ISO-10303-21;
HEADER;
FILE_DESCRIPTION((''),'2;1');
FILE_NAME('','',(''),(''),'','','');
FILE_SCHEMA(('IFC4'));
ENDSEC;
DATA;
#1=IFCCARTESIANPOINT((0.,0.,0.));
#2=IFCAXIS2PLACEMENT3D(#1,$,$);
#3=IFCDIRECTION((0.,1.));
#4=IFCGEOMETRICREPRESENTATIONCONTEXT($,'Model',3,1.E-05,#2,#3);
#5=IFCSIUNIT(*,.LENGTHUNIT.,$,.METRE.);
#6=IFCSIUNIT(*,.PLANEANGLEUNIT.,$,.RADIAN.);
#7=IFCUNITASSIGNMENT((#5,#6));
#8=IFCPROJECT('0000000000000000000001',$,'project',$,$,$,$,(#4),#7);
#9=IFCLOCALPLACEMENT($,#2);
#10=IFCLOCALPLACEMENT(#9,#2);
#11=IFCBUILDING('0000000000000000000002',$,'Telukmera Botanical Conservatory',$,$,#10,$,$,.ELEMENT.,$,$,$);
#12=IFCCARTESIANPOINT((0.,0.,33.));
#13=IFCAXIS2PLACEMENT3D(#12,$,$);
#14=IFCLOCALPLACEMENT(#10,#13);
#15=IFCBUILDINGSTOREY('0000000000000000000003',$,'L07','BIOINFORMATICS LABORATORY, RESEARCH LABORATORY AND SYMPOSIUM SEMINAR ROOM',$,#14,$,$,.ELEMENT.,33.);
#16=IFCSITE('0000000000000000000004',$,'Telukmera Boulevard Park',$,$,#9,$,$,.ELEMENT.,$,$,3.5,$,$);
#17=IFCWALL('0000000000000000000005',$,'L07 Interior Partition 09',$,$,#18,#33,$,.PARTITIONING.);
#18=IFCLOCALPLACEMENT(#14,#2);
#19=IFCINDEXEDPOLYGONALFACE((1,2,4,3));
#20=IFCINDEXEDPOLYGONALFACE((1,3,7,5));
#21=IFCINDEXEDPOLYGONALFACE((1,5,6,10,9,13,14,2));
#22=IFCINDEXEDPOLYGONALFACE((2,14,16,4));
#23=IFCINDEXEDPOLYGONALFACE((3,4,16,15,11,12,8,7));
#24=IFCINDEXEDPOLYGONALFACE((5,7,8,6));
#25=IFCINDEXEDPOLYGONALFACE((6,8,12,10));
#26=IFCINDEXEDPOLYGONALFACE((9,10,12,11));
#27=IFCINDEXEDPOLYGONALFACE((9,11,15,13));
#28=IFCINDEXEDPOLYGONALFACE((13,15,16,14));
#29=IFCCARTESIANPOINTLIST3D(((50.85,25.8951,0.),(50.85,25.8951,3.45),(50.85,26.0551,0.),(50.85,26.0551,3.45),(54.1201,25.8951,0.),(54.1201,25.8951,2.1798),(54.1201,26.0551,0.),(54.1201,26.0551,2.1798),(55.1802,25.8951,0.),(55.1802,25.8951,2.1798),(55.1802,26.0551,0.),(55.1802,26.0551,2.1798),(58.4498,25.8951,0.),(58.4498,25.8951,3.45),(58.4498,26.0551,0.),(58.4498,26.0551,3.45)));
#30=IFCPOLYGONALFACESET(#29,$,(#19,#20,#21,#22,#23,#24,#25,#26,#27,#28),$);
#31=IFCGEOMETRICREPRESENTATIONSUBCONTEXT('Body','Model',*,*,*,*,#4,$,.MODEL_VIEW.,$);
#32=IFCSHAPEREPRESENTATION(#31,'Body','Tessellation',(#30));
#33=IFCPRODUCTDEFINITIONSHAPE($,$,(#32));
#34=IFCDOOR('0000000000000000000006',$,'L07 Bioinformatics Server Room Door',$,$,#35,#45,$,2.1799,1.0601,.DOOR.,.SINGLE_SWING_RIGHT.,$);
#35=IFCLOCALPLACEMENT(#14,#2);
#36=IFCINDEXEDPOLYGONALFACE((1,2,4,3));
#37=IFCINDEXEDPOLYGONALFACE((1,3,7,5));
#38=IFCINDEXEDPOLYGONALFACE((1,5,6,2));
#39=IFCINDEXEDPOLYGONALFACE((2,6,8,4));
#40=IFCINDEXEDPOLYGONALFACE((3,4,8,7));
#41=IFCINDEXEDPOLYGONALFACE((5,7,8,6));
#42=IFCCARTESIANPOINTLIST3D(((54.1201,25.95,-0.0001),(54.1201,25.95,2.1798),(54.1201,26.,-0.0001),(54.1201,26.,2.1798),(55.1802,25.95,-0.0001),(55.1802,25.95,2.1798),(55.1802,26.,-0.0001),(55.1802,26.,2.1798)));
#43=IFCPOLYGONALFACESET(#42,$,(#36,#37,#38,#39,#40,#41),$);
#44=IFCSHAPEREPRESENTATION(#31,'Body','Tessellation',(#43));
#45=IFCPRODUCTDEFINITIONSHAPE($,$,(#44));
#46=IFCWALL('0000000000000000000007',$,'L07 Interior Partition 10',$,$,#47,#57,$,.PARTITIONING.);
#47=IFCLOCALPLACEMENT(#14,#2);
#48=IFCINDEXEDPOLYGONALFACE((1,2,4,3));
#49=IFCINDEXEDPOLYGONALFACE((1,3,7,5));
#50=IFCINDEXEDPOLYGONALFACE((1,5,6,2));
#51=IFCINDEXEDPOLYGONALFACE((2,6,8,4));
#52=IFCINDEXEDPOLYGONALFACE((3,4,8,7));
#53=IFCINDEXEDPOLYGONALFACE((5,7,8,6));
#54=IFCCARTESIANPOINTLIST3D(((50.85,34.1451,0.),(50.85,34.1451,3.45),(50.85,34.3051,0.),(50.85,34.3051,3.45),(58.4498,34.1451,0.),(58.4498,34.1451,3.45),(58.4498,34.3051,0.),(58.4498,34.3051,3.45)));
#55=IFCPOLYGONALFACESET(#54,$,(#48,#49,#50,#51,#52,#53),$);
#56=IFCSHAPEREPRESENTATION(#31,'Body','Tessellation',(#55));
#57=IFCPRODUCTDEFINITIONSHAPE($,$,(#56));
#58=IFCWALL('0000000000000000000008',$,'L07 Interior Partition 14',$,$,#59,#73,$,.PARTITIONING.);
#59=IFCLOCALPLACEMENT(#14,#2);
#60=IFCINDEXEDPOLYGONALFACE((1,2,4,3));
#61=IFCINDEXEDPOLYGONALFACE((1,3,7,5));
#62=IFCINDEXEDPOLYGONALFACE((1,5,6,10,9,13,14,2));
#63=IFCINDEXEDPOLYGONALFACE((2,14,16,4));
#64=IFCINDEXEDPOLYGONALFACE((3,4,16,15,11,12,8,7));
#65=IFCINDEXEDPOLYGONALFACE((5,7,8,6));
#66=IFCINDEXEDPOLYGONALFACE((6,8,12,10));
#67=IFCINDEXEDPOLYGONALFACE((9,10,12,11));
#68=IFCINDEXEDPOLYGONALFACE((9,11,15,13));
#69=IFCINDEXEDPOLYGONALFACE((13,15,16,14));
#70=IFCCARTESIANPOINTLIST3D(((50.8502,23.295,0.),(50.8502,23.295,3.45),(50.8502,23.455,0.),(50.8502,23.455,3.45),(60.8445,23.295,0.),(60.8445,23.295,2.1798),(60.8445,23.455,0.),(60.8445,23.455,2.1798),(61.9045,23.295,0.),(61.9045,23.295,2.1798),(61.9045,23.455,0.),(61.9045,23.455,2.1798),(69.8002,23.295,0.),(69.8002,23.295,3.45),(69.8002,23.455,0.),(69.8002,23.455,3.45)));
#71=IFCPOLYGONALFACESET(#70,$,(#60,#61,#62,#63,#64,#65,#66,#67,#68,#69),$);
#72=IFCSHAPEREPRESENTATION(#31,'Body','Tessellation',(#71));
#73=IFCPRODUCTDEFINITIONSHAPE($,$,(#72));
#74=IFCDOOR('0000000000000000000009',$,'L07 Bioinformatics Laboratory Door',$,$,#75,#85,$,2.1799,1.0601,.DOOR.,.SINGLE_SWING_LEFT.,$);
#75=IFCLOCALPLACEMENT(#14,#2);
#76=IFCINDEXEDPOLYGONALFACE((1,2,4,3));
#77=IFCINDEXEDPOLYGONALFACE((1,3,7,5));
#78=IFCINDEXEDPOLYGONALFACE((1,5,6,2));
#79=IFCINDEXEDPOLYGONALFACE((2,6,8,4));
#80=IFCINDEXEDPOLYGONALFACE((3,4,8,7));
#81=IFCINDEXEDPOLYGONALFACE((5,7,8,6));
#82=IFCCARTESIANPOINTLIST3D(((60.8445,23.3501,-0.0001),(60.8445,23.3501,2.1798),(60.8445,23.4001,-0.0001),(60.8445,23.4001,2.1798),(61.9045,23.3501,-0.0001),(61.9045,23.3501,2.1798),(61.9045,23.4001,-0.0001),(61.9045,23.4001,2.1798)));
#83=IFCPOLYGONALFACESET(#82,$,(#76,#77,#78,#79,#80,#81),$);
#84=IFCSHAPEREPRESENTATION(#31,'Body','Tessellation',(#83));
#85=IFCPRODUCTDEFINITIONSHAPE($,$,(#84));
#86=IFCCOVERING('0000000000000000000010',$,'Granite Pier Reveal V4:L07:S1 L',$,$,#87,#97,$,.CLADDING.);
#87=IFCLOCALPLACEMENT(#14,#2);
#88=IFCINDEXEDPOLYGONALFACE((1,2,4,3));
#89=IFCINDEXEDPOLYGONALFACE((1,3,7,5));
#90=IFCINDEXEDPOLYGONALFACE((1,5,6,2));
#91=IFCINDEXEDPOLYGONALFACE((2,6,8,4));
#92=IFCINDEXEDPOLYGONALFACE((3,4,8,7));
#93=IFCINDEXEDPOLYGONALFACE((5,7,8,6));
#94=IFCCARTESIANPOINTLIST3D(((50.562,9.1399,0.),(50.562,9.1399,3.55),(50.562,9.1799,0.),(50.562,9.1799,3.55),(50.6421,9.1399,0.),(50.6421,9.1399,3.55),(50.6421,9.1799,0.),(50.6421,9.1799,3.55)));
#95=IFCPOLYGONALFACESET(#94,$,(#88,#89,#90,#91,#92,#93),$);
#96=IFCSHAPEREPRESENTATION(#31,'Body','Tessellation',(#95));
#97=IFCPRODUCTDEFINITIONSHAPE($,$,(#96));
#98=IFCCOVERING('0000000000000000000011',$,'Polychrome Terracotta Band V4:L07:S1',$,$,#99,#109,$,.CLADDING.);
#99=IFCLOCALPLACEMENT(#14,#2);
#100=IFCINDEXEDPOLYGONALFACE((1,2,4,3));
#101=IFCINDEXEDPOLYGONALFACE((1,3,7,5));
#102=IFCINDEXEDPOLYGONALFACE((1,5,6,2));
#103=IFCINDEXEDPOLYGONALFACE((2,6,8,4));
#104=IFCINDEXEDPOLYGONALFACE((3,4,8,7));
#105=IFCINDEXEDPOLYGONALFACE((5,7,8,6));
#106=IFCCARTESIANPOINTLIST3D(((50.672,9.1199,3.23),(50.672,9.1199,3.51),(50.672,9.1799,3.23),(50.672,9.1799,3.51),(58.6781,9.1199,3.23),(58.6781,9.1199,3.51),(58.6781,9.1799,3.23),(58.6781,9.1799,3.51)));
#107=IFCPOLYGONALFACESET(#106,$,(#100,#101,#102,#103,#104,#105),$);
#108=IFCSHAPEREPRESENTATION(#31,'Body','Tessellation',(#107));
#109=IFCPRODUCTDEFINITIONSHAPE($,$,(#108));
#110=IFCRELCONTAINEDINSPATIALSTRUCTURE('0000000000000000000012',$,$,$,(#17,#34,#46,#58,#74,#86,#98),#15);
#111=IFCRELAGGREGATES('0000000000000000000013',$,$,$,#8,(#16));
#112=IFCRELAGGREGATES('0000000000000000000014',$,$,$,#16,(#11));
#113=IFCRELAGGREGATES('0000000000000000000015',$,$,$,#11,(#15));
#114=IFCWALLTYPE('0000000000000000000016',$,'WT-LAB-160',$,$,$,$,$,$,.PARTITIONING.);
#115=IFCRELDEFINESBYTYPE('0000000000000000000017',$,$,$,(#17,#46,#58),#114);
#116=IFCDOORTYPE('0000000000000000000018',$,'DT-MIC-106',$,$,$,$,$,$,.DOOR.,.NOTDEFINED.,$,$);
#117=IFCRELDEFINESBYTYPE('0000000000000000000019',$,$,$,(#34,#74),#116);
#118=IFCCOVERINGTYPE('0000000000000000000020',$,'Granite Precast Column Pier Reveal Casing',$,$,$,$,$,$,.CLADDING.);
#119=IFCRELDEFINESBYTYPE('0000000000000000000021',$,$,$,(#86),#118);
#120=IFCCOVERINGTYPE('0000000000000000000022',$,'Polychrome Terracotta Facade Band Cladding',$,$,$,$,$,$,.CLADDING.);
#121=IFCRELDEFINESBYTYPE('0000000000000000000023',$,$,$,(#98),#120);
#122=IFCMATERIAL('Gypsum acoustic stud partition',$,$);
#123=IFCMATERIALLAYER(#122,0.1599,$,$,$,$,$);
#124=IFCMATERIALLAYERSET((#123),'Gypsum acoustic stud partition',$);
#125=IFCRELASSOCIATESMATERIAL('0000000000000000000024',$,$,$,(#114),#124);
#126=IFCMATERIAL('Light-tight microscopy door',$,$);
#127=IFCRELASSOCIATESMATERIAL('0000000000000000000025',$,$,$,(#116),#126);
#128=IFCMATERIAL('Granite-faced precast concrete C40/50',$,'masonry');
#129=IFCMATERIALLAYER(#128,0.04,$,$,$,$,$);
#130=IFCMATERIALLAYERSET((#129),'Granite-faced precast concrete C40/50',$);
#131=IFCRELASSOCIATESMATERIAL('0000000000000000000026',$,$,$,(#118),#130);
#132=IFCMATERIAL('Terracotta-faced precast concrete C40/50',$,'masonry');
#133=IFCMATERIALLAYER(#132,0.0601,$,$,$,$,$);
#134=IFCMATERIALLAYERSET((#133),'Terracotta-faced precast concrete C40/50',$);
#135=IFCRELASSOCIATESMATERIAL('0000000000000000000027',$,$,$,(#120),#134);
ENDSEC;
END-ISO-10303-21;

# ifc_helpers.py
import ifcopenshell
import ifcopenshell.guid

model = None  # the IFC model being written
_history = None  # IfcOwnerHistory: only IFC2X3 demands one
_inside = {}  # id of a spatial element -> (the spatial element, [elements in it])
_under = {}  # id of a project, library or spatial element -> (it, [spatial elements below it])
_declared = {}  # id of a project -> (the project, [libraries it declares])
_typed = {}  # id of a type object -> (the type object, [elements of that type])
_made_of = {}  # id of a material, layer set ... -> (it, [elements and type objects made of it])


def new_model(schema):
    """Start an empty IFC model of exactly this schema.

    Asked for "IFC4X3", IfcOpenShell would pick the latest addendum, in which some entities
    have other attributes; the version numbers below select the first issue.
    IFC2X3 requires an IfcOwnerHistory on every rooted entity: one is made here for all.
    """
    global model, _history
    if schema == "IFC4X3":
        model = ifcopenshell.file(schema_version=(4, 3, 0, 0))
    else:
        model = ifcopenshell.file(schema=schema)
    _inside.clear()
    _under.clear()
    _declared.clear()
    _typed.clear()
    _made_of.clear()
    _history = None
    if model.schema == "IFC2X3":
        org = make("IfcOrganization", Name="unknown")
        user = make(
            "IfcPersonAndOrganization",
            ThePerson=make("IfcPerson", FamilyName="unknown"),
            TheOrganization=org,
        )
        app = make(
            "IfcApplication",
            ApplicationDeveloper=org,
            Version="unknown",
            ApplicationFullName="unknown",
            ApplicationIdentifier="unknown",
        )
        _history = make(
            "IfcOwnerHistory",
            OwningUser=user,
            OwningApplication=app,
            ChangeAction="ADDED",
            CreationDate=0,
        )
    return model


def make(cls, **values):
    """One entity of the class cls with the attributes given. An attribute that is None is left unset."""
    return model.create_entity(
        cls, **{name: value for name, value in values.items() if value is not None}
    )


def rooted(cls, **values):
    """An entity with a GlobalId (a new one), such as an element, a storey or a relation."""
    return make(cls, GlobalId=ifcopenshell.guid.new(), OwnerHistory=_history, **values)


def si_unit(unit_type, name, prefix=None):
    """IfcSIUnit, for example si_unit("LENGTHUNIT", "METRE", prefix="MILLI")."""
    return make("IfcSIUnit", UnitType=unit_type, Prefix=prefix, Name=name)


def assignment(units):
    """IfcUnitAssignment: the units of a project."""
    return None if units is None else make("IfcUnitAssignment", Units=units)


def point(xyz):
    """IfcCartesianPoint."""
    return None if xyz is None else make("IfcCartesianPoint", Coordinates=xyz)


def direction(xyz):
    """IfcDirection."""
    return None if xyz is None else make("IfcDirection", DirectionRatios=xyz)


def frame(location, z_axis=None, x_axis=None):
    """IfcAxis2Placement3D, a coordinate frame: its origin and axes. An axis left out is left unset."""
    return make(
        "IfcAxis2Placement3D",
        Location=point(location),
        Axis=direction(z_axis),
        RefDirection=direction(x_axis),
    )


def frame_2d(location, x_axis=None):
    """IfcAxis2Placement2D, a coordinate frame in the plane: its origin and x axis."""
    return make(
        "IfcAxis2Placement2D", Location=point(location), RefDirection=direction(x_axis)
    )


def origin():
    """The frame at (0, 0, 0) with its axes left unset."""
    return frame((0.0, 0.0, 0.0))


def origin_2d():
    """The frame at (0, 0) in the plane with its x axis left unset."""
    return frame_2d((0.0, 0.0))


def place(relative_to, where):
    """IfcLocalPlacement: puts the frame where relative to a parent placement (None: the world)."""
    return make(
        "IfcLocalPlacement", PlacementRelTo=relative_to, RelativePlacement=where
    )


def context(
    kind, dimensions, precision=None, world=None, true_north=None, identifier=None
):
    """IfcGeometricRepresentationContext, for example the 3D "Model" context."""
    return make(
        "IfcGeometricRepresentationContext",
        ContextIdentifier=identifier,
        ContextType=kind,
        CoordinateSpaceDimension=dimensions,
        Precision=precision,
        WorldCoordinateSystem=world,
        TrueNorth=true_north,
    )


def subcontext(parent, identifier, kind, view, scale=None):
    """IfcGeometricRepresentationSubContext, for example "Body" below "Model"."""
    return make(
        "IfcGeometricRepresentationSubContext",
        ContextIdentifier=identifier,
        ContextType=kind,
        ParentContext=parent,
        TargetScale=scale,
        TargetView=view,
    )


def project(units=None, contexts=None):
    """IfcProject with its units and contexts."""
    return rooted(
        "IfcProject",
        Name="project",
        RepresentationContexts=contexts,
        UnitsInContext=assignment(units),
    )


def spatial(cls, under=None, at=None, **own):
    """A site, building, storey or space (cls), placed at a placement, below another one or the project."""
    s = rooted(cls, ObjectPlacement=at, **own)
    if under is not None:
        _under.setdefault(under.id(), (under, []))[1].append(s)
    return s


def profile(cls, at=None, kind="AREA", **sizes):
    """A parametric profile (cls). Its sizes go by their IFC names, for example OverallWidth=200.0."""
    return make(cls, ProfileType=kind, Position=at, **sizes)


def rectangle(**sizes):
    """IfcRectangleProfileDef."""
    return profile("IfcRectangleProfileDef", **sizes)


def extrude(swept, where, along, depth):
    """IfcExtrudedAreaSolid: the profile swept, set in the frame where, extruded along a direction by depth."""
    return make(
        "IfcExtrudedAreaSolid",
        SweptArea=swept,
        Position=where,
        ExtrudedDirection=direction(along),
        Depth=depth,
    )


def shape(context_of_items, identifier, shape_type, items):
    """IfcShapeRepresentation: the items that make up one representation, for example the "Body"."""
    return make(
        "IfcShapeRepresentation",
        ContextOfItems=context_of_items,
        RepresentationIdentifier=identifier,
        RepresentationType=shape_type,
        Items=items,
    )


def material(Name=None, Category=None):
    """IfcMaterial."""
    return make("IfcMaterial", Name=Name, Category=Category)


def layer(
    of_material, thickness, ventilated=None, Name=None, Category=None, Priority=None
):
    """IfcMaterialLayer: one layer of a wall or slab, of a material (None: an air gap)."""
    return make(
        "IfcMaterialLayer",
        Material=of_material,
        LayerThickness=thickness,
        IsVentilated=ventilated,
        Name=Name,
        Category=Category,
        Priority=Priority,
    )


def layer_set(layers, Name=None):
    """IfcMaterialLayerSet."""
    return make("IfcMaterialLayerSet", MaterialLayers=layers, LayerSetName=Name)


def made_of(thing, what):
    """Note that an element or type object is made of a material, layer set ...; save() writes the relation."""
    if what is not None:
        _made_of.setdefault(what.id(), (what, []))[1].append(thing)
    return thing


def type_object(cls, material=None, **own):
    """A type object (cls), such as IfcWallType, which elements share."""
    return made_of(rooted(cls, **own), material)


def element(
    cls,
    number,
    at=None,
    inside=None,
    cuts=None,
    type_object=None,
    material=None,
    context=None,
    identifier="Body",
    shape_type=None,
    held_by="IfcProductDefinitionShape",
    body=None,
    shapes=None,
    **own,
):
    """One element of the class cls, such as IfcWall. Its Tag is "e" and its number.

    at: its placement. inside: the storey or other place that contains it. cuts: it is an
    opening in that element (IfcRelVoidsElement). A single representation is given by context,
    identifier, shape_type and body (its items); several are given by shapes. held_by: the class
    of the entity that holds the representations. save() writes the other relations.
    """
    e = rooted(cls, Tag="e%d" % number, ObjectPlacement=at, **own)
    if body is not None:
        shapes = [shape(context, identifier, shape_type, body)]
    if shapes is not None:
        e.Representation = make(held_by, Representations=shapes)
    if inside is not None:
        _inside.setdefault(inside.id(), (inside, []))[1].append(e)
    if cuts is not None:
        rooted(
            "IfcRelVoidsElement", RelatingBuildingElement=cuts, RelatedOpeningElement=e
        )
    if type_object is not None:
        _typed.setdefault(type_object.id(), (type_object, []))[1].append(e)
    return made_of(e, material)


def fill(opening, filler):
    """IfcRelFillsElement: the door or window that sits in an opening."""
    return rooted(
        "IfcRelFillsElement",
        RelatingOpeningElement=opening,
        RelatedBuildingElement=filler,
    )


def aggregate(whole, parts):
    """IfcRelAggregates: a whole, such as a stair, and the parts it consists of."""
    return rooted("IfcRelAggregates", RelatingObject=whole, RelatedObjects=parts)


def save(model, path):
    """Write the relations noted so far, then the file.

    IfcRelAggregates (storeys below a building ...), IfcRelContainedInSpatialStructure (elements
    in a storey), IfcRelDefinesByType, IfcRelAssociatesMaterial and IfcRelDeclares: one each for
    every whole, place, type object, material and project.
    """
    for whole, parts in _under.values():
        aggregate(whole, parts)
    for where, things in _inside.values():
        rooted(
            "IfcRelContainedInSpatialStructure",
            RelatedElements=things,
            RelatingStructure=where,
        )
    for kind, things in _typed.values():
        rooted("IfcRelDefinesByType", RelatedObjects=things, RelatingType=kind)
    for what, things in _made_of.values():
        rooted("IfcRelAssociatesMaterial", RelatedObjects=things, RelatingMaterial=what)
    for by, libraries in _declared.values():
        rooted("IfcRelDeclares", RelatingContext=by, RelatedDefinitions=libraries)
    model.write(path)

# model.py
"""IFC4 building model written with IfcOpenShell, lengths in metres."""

from ifc_helpers import new_model, si_unit, direction, frame, frame_2d, origin, origin_2d, place, context, subcontext, project, spatial, rectangle, extrude, material, layer, layer_set, type_object, element, fill, save


model = new_model("IFC4")

# Units and contexts
model_context = context("Model", 3, precision=1e-05, world=origin(), true_north=direction((0.0, 1.0)))
body_context = subcontext(model_context, "Body", "Model", "MODEL_VIEW")
ifc_project = project(units=[si_unit("LENGTHUNIT", "METRE"), si_unit("PLANEANGLEUNIT", "RADIAN")], contexts=[model_context])

# Site, building, storey
site_placement = place(None, origin())
site = spatial("IfcSite", under=ifc_project, at=site_placement, Name="Telukmera Boulevard Park", CompositionType="ELEMENT", RefElevation=3.5)
building_placement = place(site_placement, origin())
building = spatial("IfcBuilding", under=site, at=building_placement, Name="Telukmera Botanical Conservatory", CompositionType="ELEMENT")
storey_placement = place(building_placement, frame((0.0, 0.0, 33.0)))
storey = spatial("IfcBuildingStorey", under=building, at=storey_placement, Name="L07", Description="BIOINFORMATICS LABORATORY, RESEARCH LABORATORY AND SYMPOSIUM SEMINAR ROOM", CompositionType="ELEMENT", Elevation=33.0)

# Wall, opening, door
ifc_material_1 = material(Name="Gypsum acoustic stud partition")
ifc_layer_1 = layer(ifc_material_1, 0.1599)
ifc_layer_set_1 = layer_set([ifc_layer_1], Name="Gypsum acoustic stud partition")
wall_type_1 = type_object("IfcWallType", Name="WT-LAB-160", PredefinedType="PARTITIONING", material=ifc_layer_set_1)
wall_1_placement = place(storey_placement, frame((50.8501, 25.9751, 0.0), z_axis=(0.0, 0.0, 1.0), x_axis=(1.0, 0.0, 0.0)))
wall_1 = element("IfcWall", 1, at=wall_1_placement, inside=storey, type_object=wall_type_1, Name="L07 Interior Partition 09", PredefinedType="PARTITIONING", context=body_context, shape_type="SweptSolid", body=[
    extrude(rectangle(XDim=7.5999, YDim=0.1599, at=frame_2d((3.7998, 0.0))), origin(), (0.0, 0.0, 1.0), 3.45),
])
opening_1_placement = place(wall_1_placement, frame((3.27, 0.0, 0.0)))
opening_1 = element("IfcOpeningElement", 2, at=opening_1_placement, cuts=wall_1, PredefinedType="OPENING", context=body_context, shape_type="SweptSolid", body=[
    extrude(rectangle(XDim=1.0601, YDim=2.1799, at=frame_2d((0.53, 1.0898))), frame((0.0, 0.0898, 0.0), z_axis=(0.0, -1.0, 0.0), x_axis=(1.0, 0.0, 0.0)), (0.0, 0.0, 1.0), 0.1799),
])
ifc_material_2 = material(Name="Light-tight microscopy door")
door_type = type_object("IfcDoorType", Name="DT-MIC-106", OperationType="NOTDEFINED", PredefinedType="DOOR", material=ifc_material_2)
door_1_placement = place(opening_1_placement, origin())
door_1 = element("IfcDoor", 3, at=door_1_placement, inside=storey, type_object=door_type, Name="L07 Bioinformatics Server Room Door", OperationType="SINGLE_SWING_RIGHT", OverallHeight=2.1799, OverallWidth=1.0601, PredefinedType="DOOR", context=body_context, shape_type="SweptSolid", body=[
    extrude(rectangle(XDim=1.0601, YDim=2.1799, at=frame_2d((0.53, 1.0898))), frame((0.0, 0.0249, 0.0), z_axis=(0.0, -1.0, 0.0), x_axis=(1.0, 0.0, 0.0)), (0.0, 0.0, 1.0), 0.05),
])
fill(opening_1, door_1)

# Wall
wall_2_placement = place(storey_placement, frame((50.8501, 34.2251, 0.0), z_axis=(0.0, 0.0, 1.0), x_axis=(1.0, 0.0, 0.0)))
element("IfcWall", 4, at=wall_2_placement, inside=storey, type_object=wall_type_1, Name="L07 Interior Partition 10", PredefinedType="PARTITIONING", context=body_context, shape_type="SweptSolid", body=[
    extrude(rectangle(XDim=7.5999, YDim=0.1599, at=frame_2d((3.7998, 0.0))), origin(), (0.0, 0.0, 1.0), 3.45),
])

# Wall, opening, door
wall_3_placement = place(storey_placement, frame((50.8501, 23.375, 0.0), z_axis=(0.0, 0.0, 1.0), x_axis=(1.0, 0.0, 0.0)))
wall_3 = element("IfcWall", 5, at=wall_3_placement, inside=storey, type_object=wall_type_1, Name="L07 Interior Partition 14", PredefinedType="PARTITIONING", context=body_context, shape_type="SweptSolid", body=[
    extrude(rectangle(XDim=18.95, YDim=0.1599, at=frame_2d((9.4751, 0.0))), origin(), (0.0, 0.0, 1.0), 3.45),
])
opening_2_placement = place(wall_3_placement, frame((9.9944, 0.0, 0.0)))
opening_2 = element("IfcOpeningElement", 6, at=opening_2_placement, cuts=wall_3, PredefinedType="OPENING", context=body_context, shape_type="SweptSolid", body=[
    extrude(rectangle(XDim=1.0601, YDim=2.1799, at=frame_2d((0.53, 1.0898))), frame((0.0, 0.0898, 0.0), z_axis=(0.0, -1.0, 0.0), x_axis=(1.0, 0.0, 0.0)), (0.0, 0.0, 1.0), 0.1799),
])
door_2_placement = place(opening_2_placement, frame((1.0601, 0.0, 0.0), z_axis=(0.0, 0.0, 1.0), x_axis=(-1.0, 0.0, 0.0)))
door_2 = element("IfcDoor", 7, at=door_2_placement, inside=storey, type_object=door_type, Name="L07 Bioinformatics Laboratory Door", OperationType="SINGLE_SWING_LEFT", OverallHeight=2.1799, OverallWidth=1.0601, PredefinedType="DOOR", context=body_context, shape_type="SweptSolid", body=[
    extrude(rectangle(XDim=1.0601, YDim=2.1799, at=frame_2d((0.53, 1.0898))), frame((0.0, 0.0249, 0.0), z_axis=(0.0, -1.0, 0.0), x_axis=(1.0, 0.0, 0.0)), (0.0, 0.0, 1.0), 0.05),
])
fill(opening_2, door_2)

# Coverings
ifc_material_3 = material(Name="Granite-faced precast concrete C40/50", Category="masonry")
ifc_layer_2 = layer(ifc_material_3, 0.04)
ifc_layer_set_2 = layer_set([ifc_layer_2], Name="Granite-faced precast concrete C40/50")
covering_type_1 = type_object("IfcCoveringType", Name="Granite Precast Column Pier Reveal Casing", PredefinedType="CLADDING", material=ifc_layer_set_2)
covering_1_placement = place(storey_placement, frame((50.6021, 9.1599, 0.0), z_axis=(0.0, 0.0, 1.0), x_axis=(1.0, 0.0, 0.0)))
element("IfcCovering", 8, at=covering_1_placement, inside=storey, type_object=covering_type_1, Name="Granite Pier Reveal V4:L07:S1 L", PredefinedType="CLADDING", context=body_context, shape_type="SweptSolid", body=[
    extrude(rectangle(XDim=0.0801, YDim=0.04, at=origin_2d()), origin(), (0.0, 0.0, 1.0), 3.55),
])
ifc_material_4 = material(Name="Terracotta-faced precast concrete C40/50", Category="masonry")
ifc_layer_3 = layer(ifc_material_4, 0.0601)
ifc_layer_set_3 = layer_set([ifc_layer_3], Name="Terracotta-faced precast concrete C40/50")
covering_type_2 = type_object("IfcCoveringType", Name="Polychrome Terracotta Facade Band Cladding", PredefinedType="CLADDING", material=ifc_layer_set_3)
covering_2_placement = place(storey_placement, frame((54.675, 9.1499, 3.23), z_axis=(0.0, 0.0, 1.0), x_axis=(1.0, 0.0, 0.0)))
element("IfcCovering", 9, at=covering_2_placement, inside=storey, type_object=covering_type_2, Name="Polychrome Terracotta Band V4:L07:S1", PredefinedType="CLADDING", context=body_context, shape_type="SweptSolid", body=[
    extrude(rectangle(XDim=8.0061, YDim=0.0601, at=origin_2d()), origin(), (0.0, 0.0, 1.0), 0.28),
])

save(model, "model.ifc")
